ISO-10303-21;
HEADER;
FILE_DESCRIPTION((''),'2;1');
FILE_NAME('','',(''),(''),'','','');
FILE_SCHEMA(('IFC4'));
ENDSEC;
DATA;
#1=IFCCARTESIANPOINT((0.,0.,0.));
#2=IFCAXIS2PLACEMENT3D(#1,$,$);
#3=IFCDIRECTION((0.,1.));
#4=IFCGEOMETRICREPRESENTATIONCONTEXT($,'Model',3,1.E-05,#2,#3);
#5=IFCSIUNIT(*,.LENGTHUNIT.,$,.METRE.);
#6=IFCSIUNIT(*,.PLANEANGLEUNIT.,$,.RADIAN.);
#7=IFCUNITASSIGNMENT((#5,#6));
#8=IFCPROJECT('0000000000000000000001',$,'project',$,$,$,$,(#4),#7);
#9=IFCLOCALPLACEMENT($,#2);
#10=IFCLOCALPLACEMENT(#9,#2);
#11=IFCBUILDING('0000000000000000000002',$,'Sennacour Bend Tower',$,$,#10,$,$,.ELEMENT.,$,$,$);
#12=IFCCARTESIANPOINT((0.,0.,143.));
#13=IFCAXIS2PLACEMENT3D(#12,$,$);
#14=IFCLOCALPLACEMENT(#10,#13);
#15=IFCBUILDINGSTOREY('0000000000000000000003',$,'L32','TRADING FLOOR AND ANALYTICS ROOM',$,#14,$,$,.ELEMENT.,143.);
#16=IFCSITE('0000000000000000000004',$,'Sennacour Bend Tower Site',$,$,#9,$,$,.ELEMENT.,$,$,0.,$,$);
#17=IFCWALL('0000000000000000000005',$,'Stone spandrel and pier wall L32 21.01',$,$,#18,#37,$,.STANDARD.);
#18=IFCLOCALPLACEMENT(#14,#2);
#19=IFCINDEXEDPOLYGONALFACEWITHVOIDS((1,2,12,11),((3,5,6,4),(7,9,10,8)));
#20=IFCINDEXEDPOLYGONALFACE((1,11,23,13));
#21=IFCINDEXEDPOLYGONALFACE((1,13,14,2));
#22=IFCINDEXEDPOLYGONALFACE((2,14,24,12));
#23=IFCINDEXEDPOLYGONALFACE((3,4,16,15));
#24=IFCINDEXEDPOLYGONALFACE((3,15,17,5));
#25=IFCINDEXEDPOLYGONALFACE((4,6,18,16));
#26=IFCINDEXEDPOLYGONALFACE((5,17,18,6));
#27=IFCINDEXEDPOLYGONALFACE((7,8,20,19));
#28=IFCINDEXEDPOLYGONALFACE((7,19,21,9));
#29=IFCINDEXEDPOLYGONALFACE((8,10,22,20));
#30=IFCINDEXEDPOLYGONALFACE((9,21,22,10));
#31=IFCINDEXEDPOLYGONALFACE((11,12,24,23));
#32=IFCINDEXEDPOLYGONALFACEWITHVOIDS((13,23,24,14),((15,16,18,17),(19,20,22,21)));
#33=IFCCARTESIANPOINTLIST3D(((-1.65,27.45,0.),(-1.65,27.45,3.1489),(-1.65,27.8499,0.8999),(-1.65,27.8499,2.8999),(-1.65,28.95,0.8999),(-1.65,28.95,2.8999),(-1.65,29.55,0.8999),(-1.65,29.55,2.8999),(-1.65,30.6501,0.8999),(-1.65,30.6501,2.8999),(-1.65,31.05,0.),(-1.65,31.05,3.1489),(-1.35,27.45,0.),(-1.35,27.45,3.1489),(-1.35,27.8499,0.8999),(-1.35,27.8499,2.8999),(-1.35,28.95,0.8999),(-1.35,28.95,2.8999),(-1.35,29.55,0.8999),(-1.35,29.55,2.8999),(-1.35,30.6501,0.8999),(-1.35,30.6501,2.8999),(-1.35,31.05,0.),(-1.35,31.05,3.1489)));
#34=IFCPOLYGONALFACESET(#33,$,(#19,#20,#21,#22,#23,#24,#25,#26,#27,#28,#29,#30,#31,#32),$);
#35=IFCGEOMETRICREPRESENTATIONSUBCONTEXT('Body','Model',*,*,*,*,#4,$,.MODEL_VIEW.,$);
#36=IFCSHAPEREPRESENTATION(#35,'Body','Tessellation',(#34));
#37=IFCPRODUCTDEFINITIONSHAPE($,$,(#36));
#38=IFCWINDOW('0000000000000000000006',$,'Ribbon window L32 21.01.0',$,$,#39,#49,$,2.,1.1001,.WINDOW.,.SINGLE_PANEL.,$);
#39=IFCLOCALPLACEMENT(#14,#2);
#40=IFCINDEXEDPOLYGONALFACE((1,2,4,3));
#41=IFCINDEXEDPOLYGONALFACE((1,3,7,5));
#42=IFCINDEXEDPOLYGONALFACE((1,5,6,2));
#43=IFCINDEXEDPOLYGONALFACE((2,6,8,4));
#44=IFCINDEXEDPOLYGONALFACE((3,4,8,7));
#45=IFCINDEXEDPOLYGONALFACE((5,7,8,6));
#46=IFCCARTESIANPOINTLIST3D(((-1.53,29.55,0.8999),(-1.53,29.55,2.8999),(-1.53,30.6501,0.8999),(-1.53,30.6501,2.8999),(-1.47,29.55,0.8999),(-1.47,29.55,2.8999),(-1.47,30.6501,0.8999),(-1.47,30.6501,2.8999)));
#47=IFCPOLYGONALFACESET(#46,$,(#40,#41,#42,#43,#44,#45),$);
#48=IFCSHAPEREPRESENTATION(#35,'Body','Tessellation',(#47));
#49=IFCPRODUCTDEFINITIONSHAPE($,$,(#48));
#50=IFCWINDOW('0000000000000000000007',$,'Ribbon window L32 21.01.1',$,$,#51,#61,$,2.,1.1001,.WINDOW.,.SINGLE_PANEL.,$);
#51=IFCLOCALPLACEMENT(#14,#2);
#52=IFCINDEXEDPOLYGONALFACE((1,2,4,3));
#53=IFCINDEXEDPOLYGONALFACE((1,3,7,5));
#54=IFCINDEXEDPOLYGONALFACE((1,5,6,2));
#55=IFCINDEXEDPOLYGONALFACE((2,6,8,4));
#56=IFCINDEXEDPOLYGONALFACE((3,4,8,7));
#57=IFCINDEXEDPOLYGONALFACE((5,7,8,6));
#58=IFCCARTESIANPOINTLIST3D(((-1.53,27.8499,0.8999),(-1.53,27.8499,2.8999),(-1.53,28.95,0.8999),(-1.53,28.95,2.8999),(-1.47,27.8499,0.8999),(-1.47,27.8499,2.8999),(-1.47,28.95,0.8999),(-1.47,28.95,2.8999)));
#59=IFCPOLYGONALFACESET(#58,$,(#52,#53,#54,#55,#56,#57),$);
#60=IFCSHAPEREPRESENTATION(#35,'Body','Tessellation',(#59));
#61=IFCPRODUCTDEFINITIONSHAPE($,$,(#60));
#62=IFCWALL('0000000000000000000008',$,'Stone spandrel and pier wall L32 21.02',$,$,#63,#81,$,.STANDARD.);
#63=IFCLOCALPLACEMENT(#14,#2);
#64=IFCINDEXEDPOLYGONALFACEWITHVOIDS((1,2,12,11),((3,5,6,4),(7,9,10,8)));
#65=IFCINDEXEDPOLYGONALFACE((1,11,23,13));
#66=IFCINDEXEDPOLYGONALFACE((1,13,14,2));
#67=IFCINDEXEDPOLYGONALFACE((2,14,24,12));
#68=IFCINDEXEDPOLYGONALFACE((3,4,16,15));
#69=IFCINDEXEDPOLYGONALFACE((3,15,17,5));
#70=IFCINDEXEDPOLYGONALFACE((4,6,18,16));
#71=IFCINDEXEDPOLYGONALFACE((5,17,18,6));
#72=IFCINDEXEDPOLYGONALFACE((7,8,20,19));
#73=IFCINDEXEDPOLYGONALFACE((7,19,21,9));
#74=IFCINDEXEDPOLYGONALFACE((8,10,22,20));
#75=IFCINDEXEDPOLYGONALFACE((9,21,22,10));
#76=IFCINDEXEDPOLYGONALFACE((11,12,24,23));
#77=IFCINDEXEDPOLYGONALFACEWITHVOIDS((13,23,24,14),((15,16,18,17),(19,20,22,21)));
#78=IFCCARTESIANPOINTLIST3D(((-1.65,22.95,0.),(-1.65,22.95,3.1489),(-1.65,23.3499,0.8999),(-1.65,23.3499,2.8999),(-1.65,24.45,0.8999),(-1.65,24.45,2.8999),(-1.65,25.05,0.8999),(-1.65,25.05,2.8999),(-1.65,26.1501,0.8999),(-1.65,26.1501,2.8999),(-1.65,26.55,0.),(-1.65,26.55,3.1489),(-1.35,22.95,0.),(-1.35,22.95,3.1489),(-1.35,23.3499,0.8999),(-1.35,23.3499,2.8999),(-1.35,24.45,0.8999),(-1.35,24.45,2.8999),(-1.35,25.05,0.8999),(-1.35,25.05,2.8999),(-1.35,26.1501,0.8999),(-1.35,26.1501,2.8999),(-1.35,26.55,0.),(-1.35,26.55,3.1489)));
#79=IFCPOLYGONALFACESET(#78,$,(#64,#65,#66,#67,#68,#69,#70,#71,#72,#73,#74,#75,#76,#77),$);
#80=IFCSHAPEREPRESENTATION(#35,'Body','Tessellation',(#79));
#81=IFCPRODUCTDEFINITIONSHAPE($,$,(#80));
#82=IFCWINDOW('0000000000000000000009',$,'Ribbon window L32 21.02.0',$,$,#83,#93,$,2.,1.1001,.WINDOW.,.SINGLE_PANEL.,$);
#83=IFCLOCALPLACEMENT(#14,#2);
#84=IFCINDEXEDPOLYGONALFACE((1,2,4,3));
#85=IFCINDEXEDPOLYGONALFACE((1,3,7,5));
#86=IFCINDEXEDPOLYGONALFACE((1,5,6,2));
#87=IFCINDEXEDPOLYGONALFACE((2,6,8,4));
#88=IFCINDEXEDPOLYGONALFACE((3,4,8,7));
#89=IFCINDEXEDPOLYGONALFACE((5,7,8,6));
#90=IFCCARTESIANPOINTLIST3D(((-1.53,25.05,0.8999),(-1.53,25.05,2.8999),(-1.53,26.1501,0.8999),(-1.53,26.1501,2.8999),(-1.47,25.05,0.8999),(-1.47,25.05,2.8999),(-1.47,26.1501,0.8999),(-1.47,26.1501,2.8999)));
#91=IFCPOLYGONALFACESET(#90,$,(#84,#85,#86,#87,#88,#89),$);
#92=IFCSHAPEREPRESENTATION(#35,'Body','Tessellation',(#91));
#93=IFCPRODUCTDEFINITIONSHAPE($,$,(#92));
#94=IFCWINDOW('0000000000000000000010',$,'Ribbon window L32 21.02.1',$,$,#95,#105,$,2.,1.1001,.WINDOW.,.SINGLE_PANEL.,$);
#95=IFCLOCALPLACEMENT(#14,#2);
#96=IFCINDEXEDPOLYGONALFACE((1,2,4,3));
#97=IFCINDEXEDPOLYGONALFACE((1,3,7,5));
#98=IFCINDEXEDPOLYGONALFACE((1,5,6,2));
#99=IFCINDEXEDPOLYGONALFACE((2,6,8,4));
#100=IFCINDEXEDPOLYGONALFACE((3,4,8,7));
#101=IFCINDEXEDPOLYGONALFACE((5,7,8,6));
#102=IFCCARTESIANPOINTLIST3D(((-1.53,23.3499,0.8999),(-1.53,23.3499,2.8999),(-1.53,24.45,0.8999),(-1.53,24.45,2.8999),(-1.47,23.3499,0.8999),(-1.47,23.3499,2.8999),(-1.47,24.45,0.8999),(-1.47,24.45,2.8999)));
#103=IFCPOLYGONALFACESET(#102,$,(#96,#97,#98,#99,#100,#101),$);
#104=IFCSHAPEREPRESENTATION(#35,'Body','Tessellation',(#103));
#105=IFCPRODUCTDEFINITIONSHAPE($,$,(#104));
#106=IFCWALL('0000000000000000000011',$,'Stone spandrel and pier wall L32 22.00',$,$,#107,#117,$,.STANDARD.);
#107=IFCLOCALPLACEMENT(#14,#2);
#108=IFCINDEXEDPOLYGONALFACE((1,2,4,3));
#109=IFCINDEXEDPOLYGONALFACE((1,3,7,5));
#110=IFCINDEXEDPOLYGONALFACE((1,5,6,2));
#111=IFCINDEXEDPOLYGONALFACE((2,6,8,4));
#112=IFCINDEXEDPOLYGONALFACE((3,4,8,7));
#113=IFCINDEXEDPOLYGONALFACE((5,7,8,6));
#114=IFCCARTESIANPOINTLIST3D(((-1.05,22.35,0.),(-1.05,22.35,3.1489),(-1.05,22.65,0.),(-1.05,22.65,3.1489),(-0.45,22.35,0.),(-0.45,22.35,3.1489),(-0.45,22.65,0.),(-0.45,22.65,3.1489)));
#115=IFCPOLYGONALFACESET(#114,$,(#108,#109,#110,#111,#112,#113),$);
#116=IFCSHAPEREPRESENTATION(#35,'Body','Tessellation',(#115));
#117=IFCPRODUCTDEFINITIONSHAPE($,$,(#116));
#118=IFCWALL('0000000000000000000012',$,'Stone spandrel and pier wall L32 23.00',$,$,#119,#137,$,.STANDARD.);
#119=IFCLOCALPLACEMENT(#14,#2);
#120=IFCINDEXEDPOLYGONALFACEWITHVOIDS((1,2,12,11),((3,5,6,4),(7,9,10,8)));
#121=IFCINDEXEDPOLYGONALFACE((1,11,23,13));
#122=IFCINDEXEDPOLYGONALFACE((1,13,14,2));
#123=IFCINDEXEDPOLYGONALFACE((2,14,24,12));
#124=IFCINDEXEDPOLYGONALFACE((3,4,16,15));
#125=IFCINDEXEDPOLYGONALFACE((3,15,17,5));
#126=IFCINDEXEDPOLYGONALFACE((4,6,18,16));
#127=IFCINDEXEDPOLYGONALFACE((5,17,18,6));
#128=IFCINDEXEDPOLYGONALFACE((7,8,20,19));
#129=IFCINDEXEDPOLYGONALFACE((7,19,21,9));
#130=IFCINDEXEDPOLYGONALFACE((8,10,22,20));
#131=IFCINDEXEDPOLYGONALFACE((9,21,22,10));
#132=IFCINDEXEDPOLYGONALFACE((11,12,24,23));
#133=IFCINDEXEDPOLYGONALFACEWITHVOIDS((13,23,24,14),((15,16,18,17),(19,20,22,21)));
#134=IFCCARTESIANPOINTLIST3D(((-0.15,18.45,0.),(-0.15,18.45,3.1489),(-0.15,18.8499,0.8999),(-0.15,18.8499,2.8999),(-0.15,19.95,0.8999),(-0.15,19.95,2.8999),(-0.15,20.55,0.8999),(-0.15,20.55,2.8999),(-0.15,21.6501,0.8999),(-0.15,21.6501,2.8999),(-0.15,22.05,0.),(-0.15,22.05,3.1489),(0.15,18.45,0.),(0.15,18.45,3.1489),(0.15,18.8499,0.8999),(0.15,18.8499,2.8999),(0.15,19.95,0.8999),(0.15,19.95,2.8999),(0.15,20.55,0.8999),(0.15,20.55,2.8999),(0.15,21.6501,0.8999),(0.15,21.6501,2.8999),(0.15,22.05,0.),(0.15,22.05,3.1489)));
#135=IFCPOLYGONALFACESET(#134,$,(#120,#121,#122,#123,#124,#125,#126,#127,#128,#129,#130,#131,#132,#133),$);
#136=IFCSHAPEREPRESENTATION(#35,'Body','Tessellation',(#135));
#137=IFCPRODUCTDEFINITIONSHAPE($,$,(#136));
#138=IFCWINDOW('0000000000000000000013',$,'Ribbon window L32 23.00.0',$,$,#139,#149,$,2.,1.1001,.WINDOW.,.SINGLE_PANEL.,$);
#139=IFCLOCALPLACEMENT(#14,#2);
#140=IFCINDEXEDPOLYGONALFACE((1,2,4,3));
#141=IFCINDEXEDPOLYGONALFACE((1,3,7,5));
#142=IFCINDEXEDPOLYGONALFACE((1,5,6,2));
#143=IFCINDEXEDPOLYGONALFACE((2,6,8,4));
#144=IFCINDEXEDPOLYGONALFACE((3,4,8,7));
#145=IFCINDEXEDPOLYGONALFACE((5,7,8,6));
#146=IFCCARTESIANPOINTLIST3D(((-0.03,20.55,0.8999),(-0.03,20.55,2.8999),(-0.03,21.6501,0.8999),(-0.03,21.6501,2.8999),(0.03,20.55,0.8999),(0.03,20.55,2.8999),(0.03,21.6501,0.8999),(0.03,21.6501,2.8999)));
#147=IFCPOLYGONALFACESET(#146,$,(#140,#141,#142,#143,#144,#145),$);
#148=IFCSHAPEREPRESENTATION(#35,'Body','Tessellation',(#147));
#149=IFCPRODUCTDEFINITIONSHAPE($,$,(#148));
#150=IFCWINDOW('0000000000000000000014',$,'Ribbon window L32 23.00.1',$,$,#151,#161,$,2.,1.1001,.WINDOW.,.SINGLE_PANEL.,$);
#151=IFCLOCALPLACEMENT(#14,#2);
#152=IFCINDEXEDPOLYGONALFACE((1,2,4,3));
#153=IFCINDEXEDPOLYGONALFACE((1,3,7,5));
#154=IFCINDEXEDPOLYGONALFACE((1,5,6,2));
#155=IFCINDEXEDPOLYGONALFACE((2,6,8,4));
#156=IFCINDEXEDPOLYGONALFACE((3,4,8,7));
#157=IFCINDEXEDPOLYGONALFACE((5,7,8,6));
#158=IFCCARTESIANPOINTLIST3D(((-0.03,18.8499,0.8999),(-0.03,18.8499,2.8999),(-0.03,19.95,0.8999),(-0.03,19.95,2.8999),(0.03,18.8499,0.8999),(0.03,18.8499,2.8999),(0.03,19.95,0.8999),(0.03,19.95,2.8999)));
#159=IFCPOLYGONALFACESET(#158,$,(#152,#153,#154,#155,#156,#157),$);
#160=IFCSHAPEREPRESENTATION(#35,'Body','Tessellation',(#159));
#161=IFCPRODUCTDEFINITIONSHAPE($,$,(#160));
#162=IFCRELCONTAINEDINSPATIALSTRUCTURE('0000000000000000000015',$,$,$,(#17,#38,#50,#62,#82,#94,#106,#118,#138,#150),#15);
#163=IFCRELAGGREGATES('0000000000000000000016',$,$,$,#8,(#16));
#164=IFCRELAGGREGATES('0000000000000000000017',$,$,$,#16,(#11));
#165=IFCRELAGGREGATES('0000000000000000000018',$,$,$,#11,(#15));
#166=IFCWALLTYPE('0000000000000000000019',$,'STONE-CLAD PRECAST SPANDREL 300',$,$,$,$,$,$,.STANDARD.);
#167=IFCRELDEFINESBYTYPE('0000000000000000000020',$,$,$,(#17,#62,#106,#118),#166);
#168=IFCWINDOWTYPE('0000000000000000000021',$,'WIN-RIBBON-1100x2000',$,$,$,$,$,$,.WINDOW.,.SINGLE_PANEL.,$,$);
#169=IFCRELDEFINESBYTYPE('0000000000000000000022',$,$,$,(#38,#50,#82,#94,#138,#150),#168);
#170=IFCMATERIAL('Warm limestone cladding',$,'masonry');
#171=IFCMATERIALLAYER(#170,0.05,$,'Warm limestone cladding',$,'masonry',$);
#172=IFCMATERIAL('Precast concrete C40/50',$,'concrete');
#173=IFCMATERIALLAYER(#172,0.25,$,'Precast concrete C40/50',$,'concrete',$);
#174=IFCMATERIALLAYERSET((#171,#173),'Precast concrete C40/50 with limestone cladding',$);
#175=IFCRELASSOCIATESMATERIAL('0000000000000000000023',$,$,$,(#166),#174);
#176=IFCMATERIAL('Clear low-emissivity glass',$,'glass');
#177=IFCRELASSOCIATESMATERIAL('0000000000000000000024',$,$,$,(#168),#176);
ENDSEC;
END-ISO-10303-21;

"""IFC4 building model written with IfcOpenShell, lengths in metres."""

from ifc_helpers import new_model, si_unit, direction, frame, frame_2d, origin, place, context, subcontext, project, spatial, rectangle, extrude, material, layer, layer_set, type_object, element, fill, save


model = new_model("IFC4")

# Units and contexts
model_context = context("Model", 3, precision=1e-05, world=origin(), true_north=direction((0.0, 1.0)))
body_context = subcontext(model_context, "Body", "Model", "MODEL_VIEW")
ifc_project = project(units=[si_unit("LENGTHUNIT", "METRE"), si_unit("PLANEANGLEUNIT", "RADIAN")], contexts=[model_context])

# Site, building, storey
site_placement = place(None, origin())
site = spatial("IfcSite", under=ifc_project, at=site_placement, Name="Sennacour Bend Tower Site", CompositionType="ELEMENT", RefElevation=0.0)
building_placement = place(site_placement, origin())
building = spatial("IfcBuilding", under=site, at=building_placement, Name="Sennacour Bend Tower", CompositionType="ELEMENT")
storey_placement = place(building_placement, frame((0.0, 0.0, 143.0)))
storey = spatial("IfcBuildingStorey", under=building, at=storey_placement, Name="L32", Description="TRADING FLOOR AND ANALYTICS ROOM", CompositionType="ELEMENT", Elevation=143.0)

# Walls, openings, windows
ifc_material_1 = material(Name="Warm limestone cladding", Category="masonry")
ifc_layer_1 = layer(ifc_material_1, 0.05, Name="Warm limestone cladding", Category="masonry")
ifc_material_2 = material(Name="Precast concrete C40/50", Category="concrete")
ifc_layer_2 = layer(ifc_material_2, 0.25, Name="Precast concrete C40/50", Category="concrete")
ifc_layer_set_1 = layer_set([ifc_layer_1, ifc_layer_2], Name="Precast concrete C40/50 with limestone cladding")
wall_type_1 = type_object("IfcWallType", Name="STONE-CLAD PRECAST SPANDREL 300", PredefinedType="STANDARD", material=ifc_layer_set_1)
wall_1_placement = place(storey_placement, frame((-1.5, 31.05, 0.0), z_axis=(0.0, 0.0, 1.0), x_axis=(0.0, -1.0, 0.0)))
wall_1 = element("IfcWall", 1, at=wall_1_placement, inside=storey, type_object=wall_type_1, Name="Stone spandrel and pier wall L32 21.01", PredefinedType="STANDARD", context=body_context, shape_type="SweptSolid", body=[
    extrude(rectangle(XDim=3.6001, YDim=0.3, at=frame_2d((1.8, 0.0))), origin(), (0.0, 0.0, 1.0), 3.1489),
])
opening_1_placement = place(wall_1_placement, frame((0.3999, 0.0, 0.8999)))
opening_1 = element("IfcOpeningElement", 2, at=opening_1_placement, cuts=wall_1, PredefinedType="OPENING", context=body_context, shape_type="SweptSolid", body=[
    extrude(rectangle(XDim=1.1001, YDim=2.0, at=frame_2d((0.55, 1.0))), frame((0.0, 0.1602, 0.0), z_axis=(0.0, -1.0, 0.0), x_axis=(1.0, 0.0, 0.0)), (0.0, 0.0, 1.0), 0.3201),
])
opening_2_placement = place(wall_1_placement, frame((2.1001, 0.0, 0.8999)))
opening_2 = element("IfcOpeningElement", 3, at=opening_2_placement, cuts=wall_1, PredefinedType="OPENING", context=body_context, shape_type="SweptSolid", body=[
    extrude(rectangle(XDim=1.1001, YDim=2.0, at=frame_2d((0.55, 1.0))), frame((0.0, 0.1602, 0.0), z_axis=(0.0, -1.0, 0.0), x_axis=(1.0, 0.0, 0.0)), (0.0, 0.0, 1.0), 0.3201),
])
ifc_material_3 = material(Name="Clear low-emissivity glass", Category="glass")
window_type = type_object("IfcWindowType", Name="WIN-RIBBON-1100x2000", PartitioningType="SINGLE_PANEL", PredefinedType="WINDOW", material=ifc_material_3)
window_1_placement = place(opening_1_placement, origin())
window_1 = element("IfcWindow", 4, at=window_1_placement, inside=storey, type_object=window_type, Name="Ribbon window L32 21.01.0", OverallHeight=2.0, OverallWidth=1.1001, PartitioningType="SINGLE_PANEL", PredefinedType="WINDOW", context=body_context, shape_type="SweptSolid", body=[
    extrude(rectangle(XDim=1.1001, YDim=2.0, at=frame_2d((0.55, 1.0))), frame((0.0, 0.03, 0.0), z_axis=(0.0, -1.0, 0.0), x_axis=(1.0, 0.0, 0.0)), (0.0, 0.0, 1.0), 0.0601),
])
fill(opening_1, window_1)
window_2_placement = place(opening_2_placement, origin())
window_2 = element("IfcWindow", 5, at=window_2_placement, inside=storey, type_object=window_type, Name="Ribbon window L32 21.01.1", OverallHeight=2.0, OverallWidth=1.1001, PartitioningType="SINGLE_PANEL", PredefinedType="WINDOW", context=body_context, shape_type="SweptSolid", body=[
    extrude(rectangle(XDim=1.1001, YDim=2.0, at=frame_2d((0.55, 1.0))), frame((0.0, 0.03, 0.0), z_axis=(0.0, -1.0, 0.0), x_axis=(1.0, 0.0, 0.0)), (0.0, 0.0, 1.0), 0.0601),
])
fill(opening_2, window_2)
wall_2_placement = place(storey_placement, frame((-1.5, 26.55, 0.0), z_axis=(0.0, 0.0, 1.0), x_axis=(0.0, -1.0, 0.0)))
wall_2 = element("IfcWall", 6, at=wall_2_placement, inside=storey, type_object=wall_type_1, Name="Stone spandrel and pier wall L32 21.02", PredefinedType="STANDARD", context=body_context, shape_type="SweptSolid", body=[
    extrude(rectangle(XDim=3.6001, YDim=0.3, at=frame_2d((1.8, 0.0))), origin(), (0.0, 0.0, 1.0), 3.1489),
])
opening_3_placement = place(wall_2_placement, frame((0.3999, 0.0, 0.8999)))
opening_3 = element("IfcOpeningElement", 7, at=opening_3_placement, cuts=wall_2, PredefinedType="OPENING", context=body_context, shape_type="SweptSolid", body=[
    extrude(rectangle(XDim=1.1001, YDim=2.0, at=frame_2d((0.55, 1.0))), frame((0.0, 0.1602, 0.0), z_axis=(0.0, -1.0, 0.0), x_axis=(1.0, 0.0, 0.0)), (0.0, 0.0, 1.0), 0.3201),
])
opening_4_placement = place(wall_2_placement, frame((2.1001, 0.0, 0.8999)))
opening_4 = element("IfcOpeningElement", 8, at=opening_4_placement, cuts=wall_2, PredefinedType="OPENING", context=body_context, shape_type="SweptSolid", body=[
    extrude(rectangle(XDim=1.1001, YDim=2.0, at=frame_2d((0.55, 1.0))), frame((0.0, 0.1602, 0.0), z_axis=(0.0, -1.0, 0.0), x_axis=(1.0, 0.0, 0.0)), (0.0, 0.0, 1.0), 0.3201),
])
window_3_placement = place(opening_3_placement, origin())
window_3 = element("IfcWindow", 9, at=window_3_placement, inside=storey, type_object=window_type, Name="Ribbon window L32 21.02.0", OverallHeight=2.0, OverallWidth=1.1001, PartitioningType="SINGLE_PANEL", PredefinedType="WINDOW", context=body_context, shape_type="SweptSolid", body=[
    extrude(rectangle(XDim=1.1001, YDim=2.0, at=frame_2d((0.55, 1.0))), frame((0.0, 0.03, 0.0), z_axis=(0.0, -1.0, 0.0), x_axis=(1.0, 0.0, 0.0)), (0.0, 0.0, 1.0), 0.0601),
])
fill(opening_3, window_3)
window_4_placement = place(opening_4_placement, origin())
window_4 = element("IfcWindow", 10, at=window_4_placement, inside=storey, type_object=window_type, Name="Ribbon window L32 21.02.1", OverallHeight=2.0, OverallWidth=1.1001, PartitioningType="SINGLE_PANEL", PredefinedType="WINDOW", context=body_context, shape_type="SweptSolid", body=[
    extrude(rectangle(XDim=1.1001, YDim=2.0, at=frame_2d((0.55, 1.0))), frame((0.0, 0.03, 0.0), z_axis=(0.0, -1.0, 0.0), x_axis=(1.0, 0.0, 0.0)), (0.0, 0.0, 1.0), 0.0601),
])
fill(opening_4, window_4)

# Wall
wall_3_placement = place(storey_placement, frame((-1.05, 22.5, 0.0), z_axis=(0.0, 0.0, 1.0), x_axis=(1.0, 0.0, 0.0)))
element("IfcWall", 11, at=wall_3_placement, inside=storey, type_object=wall_type_1, Name="Stone spandrel and pier wall L32 22.00", PredefinedType="STANDARD", context=body_context, shape_type="SweptSolid", body=[
    extrude(rectangle(XDim=0.6001, YDim=0.3, at=frame_2d((0.3, 0.0))), origin(), (0.0, 0.0, 1.0), 3.1489),
])

# Wall, openings, windows
wall_4_placement = place(storey_placement, frame((0.0, 22.05, 0.0), z_axis=(0.0, 0.0, 1.0), x_axis=(0.0, -1.0, 0.0)))
wall_4 = element("IfcWall", 12, at=wall_4_placement, inside=storey, type_object=wall_type_1, Name="Stone spandrel and pier wall L32 23.00", PredefinedType="STANDARD", context=body_context, shape_type="SweptSolid", body=[
    extrude(rectangle(XDim=3.6001, YDim=0.3, at=frame_2d((1.8, 0.0))), origin(), (0.0, 0.0, 1.0), 3.1489),
])
opening_5_placement = place(wall_4_placement, frame((0.3999, 0.0, 0.8999)))
opening_5 = element("IfcOpeningElement", 13, at=opening_5_placement, cuts=wall_4, PredefinedType="OPENING", context=body_context, shape_type="SweptSolid", body=[
    extrude(rectangle(XDim=1.1001, YDim=2.0, at=frame_2d((0.55, 1.0))), frame((0.0, 0.1602, 0.0), z_axis=(0.0, -1.0, 0.0), x_axis=(1.0, 0.0, 0.0)), (0.0, 0.0, 1.0), 0.3201),
])
opening_6_placement = place(wall_4_placement, frame((2.1001, 0.0, 0.8999)))
opening_6 = element("IfcOpeningElement", 14, at=opening_6_placement, cuts=wall_4, PredefinedType="OPENING", context=body_context, shape_type="SweptSolid", body=[
    extrude(rectangle(XDim=1.1001, YDim=2.0, at=frame_2d((0.55, 1.0))), frame((0.0, 0.1602, 0.0), z_axis=(0.0, -1.0, 0.0), x_axis=(1.0, 0.0, 0.0)), (0.0, 0.0, 1.0), 0.3201),
])
window_5_placement = place(opening_5_placement, origin())
window_5 = element("IfcWindow", 15, at=window_5_placement, inside=storey, type_object=window_type, Name="Ribbon window L32 23.00.0", OverallHeight=2.0, OverallWidth=1.1001, PartitioningType="SINGLE_PANEL", PredefinedType="WINDOW", context=body_context, shape_type="SweptSolid", body=[
    extrude(rectangle(XDim=1.1001, YDim=2.0, at=frame_2d((0.55, 1.0))), frame((0.0, 0.03, 0.0), z_axis=(0.0, -1.0, 0.0), x_axis=(1.0, 0.0, 0.0)), (0.0, 0.0, 1.0), 0.0601),
])
fill(opening_5, window_5)
window_6_placement = place(opening_6_placement, origin())
window_6 = element("IfcWindow", 16, at=window_6_placement, inside=storey, type_object=window_type, Name="Ribbon window L32 23.00.1", OverallHeight=2.0, OverallWidth=1.1001, PartitioningType="SINGLE_PANEL", PredefinedType="WINDOW", context=body_context, shape_type="SweptSolid", body=[
    extrude(rectangle(XDim=1.1001, YDim=2.0, at=frame_2d((0.55, 1.0))), frame((0.0, 0.03, 0.0), z_axis=(0.0, -1.0, 0.0), x_axis=(1.0, 0.0, 0.0)), (0.0, 0.0, 1.0), 0.0601),
])
fill(opening_6, window_6)

save(model, "model.ifc")
